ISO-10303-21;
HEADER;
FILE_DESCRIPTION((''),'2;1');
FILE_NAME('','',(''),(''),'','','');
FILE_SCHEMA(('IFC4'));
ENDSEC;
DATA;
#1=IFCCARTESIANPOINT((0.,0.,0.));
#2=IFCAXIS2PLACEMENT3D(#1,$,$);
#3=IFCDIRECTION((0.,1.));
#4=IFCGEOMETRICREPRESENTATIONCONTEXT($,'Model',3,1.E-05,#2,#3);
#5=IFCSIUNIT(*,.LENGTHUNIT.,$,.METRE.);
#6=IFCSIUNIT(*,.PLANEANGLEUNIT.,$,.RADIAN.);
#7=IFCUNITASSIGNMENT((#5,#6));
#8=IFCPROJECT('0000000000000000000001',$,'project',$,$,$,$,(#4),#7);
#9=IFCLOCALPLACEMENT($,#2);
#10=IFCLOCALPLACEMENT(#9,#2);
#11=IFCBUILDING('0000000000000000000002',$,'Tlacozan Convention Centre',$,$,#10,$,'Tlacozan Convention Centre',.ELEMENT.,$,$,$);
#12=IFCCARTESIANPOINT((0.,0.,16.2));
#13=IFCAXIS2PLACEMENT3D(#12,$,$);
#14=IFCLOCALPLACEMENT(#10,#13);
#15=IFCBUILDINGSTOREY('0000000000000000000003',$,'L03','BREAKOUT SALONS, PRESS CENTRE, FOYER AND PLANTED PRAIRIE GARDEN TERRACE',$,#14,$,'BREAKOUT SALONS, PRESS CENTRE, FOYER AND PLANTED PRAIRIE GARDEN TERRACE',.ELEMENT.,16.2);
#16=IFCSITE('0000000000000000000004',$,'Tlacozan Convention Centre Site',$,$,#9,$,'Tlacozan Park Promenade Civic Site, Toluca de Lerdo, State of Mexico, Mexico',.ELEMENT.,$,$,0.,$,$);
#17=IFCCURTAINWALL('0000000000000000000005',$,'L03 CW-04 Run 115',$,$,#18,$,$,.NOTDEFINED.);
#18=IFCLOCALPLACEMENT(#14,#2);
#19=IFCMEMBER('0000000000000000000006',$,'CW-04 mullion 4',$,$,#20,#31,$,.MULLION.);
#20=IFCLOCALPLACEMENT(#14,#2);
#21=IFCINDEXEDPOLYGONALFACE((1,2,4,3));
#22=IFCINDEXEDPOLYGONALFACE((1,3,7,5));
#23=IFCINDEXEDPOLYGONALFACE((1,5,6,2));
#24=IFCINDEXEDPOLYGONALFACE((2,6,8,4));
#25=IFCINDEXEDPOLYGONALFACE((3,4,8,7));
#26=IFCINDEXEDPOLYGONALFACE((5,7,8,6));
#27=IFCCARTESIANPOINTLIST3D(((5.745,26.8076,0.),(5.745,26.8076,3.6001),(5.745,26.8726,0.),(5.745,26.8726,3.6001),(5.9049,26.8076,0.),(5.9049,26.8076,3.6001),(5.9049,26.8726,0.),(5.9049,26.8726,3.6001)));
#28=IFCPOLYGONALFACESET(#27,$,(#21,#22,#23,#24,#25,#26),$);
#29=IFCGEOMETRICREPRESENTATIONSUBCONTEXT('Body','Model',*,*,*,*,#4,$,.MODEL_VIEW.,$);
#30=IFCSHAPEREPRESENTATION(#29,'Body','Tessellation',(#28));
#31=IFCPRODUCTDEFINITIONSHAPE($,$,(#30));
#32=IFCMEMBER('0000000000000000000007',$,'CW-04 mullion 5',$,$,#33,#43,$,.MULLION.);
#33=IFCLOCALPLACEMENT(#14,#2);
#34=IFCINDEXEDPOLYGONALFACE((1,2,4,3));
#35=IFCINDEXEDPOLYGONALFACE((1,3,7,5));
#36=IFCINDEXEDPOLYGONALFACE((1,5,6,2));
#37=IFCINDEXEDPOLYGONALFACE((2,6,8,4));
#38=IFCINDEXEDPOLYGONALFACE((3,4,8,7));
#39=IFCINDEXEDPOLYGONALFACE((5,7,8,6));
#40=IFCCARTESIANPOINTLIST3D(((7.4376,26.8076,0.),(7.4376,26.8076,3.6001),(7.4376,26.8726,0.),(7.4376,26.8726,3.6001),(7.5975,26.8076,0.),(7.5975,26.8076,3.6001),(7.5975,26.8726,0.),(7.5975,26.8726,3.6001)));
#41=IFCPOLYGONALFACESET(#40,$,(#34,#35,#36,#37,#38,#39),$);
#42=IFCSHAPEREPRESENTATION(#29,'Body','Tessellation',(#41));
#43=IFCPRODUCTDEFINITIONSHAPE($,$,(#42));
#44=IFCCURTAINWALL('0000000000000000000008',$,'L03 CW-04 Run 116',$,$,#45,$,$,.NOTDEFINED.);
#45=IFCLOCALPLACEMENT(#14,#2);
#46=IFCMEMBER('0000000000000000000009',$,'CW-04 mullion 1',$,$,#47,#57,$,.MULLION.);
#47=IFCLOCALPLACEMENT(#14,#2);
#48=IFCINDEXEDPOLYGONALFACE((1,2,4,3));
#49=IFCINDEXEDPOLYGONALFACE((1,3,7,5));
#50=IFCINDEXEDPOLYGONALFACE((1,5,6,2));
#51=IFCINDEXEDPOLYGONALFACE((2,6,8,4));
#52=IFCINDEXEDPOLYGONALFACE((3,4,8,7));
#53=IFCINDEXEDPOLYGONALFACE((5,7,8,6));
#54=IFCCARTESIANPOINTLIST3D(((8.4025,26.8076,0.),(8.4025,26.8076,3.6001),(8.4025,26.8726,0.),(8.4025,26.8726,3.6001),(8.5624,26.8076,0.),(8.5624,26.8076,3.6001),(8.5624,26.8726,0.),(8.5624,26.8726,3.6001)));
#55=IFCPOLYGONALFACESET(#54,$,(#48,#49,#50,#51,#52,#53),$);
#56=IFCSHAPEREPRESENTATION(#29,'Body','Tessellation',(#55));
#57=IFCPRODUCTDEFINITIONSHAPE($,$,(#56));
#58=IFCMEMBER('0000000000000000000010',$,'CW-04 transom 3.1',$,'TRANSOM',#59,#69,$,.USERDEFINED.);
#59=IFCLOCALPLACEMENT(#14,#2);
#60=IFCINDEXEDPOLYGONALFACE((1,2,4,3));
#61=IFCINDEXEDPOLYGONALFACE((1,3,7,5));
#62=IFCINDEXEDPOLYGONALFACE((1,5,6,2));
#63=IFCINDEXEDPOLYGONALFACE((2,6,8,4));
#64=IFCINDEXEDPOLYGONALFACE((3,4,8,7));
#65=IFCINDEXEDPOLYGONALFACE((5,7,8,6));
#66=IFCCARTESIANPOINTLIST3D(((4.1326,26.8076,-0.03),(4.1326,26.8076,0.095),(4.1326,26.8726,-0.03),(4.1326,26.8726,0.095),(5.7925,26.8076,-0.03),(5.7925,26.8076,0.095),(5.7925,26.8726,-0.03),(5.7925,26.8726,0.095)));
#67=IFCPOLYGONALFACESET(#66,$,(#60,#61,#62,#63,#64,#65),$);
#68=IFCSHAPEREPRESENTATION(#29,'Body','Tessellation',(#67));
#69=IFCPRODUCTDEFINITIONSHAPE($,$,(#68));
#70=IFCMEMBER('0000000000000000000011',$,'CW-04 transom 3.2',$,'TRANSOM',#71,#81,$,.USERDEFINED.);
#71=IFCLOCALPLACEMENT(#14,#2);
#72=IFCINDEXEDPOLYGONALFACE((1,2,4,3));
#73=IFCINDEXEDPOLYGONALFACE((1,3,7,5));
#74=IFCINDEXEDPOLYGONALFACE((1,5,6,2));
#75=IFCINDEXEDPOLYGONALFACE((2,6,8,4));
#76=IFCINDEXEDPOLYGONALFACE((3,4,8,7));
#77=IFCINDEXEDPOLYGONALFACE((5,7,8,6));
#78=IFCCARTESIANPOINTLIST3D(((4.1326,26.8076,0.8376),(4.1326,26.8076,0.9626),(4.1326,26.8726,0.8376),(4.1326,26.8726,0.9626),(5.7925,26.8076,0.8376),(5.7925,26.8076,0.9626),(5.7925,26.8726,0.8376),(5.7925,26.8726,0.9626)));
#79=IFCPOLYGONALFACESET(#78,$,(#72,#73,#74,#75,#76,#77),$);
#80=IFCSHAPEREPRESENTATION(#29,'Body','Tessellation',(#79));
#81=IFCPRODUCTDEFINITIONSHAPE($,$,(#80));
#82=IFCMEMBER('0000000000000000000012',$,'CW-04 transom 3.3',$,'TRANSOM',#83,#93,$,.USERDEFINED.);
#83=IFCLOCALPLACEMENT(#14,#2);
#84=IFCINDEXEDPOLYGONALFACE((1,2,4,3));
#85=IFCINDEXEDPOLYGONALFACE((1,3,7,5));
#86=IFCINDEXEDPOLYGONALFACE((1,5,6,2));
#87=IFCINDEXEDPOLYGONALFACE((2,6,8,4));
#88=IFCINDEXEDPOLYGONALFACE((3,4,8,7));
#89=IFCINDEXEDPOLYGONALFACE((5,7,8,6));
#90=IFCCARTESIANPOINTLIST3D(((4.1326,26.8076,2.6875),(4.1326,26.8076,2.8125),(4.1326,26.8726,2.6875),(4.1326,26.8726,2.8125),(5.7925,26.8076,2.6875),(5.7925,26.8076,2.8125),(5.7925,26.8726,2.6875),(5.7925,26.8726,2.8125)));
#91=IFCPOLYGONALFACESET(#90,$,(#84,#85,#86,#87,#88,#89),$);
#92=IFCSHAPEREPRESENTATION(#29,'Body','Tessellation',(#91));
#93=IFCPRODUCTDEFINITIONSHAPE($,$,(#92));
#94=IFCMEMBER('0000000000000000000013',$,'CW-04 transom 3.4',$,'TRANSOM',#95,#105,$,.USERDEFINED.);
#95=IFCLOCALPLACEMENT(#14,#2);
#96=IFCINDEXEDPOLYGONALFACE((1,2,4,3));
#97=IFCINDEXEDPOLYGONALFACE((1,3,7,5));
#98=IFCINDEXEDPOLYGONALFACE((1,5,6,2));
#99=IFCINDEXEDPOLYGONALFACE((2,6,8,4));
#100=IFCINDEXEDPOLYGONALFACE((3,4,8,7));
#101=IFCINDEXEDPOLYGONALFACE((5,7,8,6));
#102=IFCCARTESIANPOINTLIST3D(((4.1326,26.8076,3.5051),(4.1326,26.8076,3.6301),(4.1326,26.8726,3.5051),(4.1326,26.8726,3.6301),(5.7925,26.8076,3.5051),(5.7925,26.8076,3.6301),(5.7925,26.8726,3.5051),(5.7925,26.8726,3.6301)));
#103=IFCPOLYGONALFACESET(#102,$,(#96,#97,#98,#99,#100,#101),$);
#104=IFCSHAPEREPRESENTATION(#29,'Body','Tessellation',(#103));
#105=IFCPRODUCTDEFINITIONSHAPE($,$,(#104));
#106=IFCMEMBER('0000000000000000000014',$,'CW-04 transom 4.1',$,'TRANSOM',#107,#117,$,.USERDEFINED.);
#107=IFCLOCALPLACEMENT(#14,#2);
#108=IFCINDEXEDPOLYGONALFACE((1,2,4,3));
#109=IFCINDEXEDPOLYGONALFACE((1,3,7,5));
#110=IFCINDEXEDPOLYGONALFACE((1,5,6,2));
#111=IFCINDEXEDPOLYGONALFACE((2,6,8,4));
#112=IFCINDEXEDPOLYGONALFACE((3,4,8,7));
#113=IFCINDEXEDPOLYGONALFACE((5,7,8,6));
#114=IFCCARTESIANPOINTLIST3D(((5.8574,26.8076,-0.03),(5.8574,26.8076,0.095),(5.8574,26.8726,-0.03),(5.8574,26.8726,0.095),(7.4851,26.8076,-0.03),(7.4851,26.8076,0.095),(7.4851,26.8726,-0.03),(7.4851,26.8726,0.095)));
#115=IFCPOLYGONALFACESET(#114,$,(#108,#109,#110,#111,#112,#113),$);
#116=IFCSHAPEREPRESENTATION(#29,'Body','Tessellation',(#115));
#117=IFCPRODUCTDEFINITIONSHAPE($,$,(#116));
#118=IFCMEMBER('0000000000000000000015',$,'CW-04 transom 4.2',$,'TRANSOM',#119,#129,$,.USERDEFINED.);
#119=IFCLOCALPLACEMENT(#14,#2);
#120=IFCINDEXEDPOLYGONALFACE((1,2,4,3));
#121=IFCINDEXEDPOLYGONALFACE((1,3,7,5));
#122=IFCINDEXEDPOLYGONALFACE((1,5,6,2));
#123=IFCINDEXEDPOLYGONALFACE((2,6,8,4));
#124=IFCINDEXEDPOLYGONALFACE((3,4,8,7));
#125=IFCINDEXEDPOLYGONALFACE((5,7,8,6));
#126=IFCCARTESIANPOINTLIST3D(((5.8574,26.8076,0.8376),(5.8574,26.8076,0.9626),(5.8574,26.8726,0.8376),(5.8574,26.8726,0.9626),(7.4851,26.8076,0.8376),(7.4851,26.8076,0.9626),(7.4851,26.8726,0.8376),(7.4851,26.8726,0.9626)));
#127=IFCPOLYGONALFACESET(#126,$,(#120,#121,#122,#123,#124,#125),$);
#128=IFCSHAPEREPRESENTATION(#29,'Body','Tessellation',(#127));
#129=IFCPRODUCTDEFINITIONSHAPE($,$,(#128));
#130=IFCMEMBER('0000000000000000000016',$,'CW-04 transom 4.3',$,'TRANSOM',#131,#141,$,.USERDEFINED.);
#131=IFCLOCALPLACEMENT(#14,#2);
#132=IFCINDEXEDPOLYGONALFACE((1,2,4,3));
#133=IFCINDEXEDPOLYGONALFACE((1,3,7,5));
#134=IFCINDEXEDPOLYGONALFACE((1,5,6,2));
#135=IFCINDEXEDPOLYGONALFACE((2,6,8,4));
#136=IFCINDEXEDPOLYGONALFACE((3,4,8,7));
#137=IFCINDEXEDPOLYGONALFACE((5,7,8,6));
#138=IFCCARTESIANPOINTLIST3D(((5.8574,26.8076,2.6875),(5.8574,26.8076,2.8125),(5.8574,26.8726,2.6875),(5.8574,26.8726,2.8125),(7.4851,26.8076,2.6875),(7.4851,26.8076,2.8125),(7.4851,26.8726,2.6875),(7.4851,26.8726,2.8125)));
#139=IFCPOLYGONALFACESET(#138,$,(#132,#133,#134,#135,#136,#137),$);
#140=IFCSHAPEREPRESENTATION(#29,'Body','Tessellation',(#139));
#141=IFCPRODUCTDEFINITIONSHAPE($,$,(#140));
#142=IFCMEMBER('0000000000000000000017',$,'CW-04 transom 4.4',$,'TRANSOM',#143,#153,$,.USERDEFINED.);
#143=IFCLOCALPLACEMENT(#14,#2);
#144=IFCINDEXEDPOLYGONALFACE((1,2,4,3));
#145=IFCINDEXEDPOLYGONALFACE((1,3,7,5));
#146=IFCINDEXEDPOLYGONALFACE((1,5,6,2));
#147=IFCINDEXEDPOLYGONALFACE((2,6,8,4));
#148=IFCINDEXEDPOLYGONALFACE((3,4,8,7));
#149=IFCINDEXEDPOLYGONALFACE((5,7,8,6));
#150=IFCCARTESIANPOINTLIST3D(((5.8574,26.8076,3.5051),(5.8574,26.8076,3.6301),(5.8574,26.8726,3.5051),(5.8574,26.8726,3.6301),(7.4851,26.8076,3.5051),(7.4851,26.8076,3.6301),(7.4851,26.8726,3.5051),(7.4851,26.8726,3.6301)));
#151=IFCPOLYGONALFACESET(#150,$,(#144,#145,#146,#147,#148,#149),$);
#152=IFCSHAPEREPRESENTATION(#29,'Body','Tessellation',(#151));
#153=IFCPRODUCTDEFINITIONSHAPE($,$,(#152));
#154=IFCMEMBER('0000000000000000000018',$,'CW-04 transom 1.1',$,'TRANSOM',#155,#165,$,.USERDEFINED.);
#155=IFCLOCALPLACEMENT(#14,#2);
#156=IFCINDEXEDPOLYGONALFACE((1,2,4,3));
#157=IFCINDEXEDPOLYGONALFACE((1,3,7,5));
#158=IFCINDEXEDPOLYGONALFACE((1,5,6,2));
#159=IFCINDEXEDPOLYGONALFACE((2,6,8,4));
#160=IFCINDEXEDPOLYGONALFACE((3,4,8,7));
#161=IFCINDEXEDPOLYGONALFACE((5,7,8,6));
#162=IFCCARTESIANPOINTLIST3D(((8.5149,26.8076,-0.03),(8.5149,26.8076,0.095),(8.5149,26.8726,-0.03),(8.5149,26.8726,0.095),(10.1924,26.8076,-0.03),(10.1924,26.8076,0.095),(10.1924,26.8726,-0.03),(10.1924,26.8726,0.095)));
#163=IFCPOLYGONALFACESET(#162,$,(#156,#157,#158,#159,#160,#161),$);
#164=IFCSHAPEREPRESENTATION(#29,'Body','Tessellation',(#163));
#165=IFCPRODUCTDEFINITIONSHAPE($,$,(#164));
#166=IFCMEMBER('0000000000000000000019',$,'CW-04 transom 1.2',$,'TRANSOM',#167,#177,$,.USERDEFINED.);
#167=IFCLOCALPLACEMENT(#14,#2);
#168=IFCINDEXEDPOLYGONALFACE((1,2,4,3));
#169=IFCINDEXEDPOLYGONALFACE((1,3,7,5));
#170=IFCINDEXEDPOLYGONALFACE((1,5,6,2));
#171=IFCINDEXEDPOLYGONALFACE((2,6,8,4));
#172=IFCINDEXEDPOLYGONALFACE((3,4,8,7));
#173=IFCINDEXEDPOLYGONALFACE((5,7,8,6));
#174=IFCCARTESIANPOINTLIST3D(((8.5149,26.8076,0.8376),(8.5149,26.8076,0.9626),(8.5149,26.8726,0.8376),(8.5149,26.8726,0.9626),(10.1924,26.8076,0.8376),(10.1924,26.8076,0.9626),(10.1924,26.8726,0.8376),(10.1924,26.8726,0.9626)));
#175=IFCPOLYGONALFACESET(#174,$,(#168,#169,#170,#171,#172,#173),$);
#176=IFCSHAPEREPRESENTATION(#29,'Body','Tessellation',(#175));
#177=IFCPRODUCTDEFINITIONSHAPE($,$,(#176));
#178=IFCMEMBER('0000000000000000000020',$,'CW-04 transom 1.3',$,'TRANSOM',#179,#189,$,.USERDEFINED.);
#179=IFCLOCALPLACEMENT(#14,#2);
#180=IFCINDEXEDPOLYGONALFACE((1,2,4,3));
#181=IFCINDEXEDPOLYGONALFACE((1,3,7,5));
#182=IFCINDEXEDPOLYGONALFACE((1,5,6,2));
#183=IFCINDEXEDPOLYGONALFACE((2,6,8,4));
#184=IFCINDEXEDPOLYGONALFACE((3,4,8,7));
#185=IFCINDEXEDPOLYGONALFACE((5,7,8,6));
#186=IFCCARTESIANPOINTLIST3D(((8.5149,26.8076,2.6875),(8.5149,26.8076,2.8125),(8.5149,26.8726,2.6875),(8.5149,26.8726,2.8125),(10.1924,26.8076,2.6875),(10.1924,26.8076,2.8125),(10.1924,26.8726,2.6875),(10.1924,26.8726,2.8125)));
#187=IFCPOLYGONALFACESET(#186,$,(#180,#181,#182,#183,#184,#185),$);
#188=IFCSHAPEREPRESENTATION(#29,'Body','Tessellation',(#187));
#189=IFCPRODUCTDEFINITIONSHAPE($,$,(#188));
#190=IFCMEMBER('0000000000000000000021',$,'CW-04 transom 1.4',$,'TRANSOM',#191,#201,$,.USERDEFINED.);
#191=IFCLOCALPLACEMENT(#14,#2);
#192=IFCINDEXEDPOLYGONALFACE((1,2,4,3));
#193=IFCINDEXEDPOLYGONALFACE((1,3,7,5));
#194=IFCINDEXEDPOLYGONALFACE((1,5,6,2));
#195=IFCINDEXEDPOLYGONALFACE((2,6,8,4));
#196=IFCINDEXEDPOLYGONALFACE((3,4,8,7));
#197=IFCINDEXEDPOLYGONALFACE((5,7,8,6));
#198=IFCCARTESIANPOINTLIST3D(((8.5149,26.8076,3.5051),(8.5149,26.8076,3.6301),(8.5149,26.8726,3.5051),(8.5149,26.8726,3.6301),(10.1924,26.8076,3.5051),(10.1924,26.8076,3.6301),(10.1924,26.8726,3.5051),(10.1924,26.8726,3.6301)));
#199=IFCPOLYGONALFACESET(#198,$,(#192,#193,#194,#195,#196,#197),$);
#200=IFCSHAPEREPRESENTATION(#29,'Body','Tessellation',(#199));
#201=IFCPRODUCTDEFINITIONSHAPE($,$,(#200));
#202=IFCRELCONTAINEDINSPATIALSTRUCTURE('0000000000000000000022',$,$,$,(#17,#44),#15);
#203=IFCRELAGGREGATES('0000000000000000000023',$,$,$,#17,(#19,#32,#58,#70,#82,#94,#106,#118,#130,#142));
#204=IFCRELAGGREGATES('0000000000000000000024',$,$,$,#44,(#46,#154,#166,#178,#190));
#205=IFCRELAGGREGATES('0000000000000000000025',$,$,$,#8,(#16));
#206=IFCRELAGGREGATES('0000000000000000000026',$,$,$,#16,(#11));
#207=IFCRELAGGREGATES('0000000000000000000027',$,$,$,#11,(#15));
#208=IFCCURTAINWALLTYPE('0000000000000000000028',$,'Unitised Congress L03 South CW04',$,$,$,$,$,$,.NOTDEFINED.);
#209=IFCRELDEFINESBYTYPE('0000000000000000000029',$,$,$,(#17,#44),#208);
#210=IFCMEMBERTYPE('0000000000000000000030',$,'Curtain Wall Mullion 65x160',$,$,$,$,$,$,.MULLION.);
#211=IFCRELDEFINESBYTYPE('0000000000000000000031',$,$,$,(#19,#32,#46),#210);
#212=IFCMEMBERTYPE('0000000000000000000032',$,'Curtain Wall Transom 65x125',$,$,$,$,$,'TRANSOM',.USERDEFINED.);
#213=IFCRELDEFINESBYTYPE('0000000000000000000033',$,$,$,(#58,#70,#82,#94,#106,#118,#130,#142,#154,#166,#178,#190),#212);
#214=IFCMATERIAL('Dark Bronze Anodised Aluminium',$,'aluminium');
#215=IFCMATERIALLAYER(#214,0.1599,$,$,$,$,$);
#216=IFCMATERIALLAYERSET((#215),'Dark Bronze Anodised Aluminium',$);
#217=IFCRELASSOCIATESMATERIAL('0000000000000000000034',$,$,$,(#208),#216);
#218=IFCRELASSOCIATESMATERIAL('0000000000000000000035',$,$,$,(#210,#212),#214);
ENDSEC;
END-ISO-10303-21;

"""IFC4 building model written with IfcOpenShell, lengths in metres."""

from ifc_helpers import new_model, si_unit, direction, frame, origin, origin_2d, place, context, subcontext, project, spatial, rectangle, extrude, material, layer, layer_set, material_profile, profile_set, type_object, element, aggregate, save


model = new_model("IFC4")

# Units and contexts
model_context = context("Model", 3, precision=1e-05, world=origin(), true_north=direction((0.0, 1.0)))
body_context = subcontext(model_context, "Body", "Model", "MODEL_VIEW")
ifc_project = project(units=[si_unit("LENGTHUNIT", "METRE"), si_unit("PLANEANGLEUNIT", "RADIAN")], contexts=[model_context])

# Site, building, storey
site_placement = place(None, origin())
site = spatial("IfcSite", under=ifc_project, at=site_placement, Name="Tlacozan Convention Centre Site", LongName="Tlacozan Park Promenade Civic Site, Toluca de Lerdo, State of Mexico, Mexico", CompositionType="ELEMENT", RefElevation=0.0)
building_placement = place(site_placement, origin())
building = spatial("IfcBuilding", under=site, at=building_placement, Name="Tlacozan Convention Centre", LongName="Tlacozan Convention Centre", CompositionType="ELEMENT")
storey_placement = place(building_placement, frame((0.0, 0.0, 16.2)))
storey = spatial("IfcBuildingStorey", under=building, at=storey_placement, Name="L03", Description="BREAKOUT SALONS, PRESS CENTRE, FOYER AND PLANTED PRAIRIE GARDEN TERRACE", LongName="BREAKOUT SALONS, PRESS CENTRE, FOYER AND PLANTED PRAIRIE GARDEN TERRACE", CompositionType="ELEMENT", Elevation=16.2)

# Curtain wall, members
ifc_material_1 = material(Name="Dark Bronze Anodised Aluminium", Category="aluminium")
ifc_layer_1 = layer(ifc_material_1, 0.1599)
ifc_layer_set_1 = layer_set([ifc_layer_1], Name="Dark Bronze Anodised Aluminium")
curtain_wall_type = type_object("IfcCurtainWallType", Name="Unitised Congress L03 South CW04", PredefinedType="NOTDEFINED", material=ifc_layer_set_1)
curtain_wall_1_placement = place(storey_placement, origin())
curtain_wall_1 = element("IfcCurtainWall", 1, at=curtain_wall_1_placement, inside=storey, type_object=curtain_wall_type, Name="L03 CW-04 Run 115", PredefinedType="NOTDEFINED")
ifc_material_profile_1 = material_profile(ifc_material_1, rectangle(XDim=0.0649, YDim=0.1599, at=origin_2d()), Name="ALU 65x160")
ifc_profile_set_1 = profile_set([ifc_material_profile_1], Name="Dark Bronze Anodised Aluminium")
member_type_1 = type_object("IfcMemberType", Name="Curtain Wall Mullion 65x160", PredefinedType="MULLION", material=ifc_profile_set_1)
member_1_placement = place(storey_placement, frame((5.825, 26.8401, 0.0), z_axis=(0.0, 0.0, 1.0), x_axis=(0.0, 1.0, 0.0)))
member_1 = element("IfcMember", 2, at=member_1_placement, type_object=member_type_1, Name="CW-04 mullion 4", PredefinedType="MULLION", context=body_context, shape_type="SweptSolid", body=[
    extrude(rectangle(XDim=0.0649, YDim=0.1599, at=origin_2d()), origin(), (0.0, 0.0, 1.0), 3.6001),
])
member_2_placement = place(storey_placement, frame((7.5176, 26.8401, 0.0), z_axis=(0.0, 0.0, 1.0), x_axis=(0.0, 1.0, 0.0)))
member_2 = element("IfcMember", 3, at=member_2_placement, type_object=member_type_1, Name="CW-04 mullion 5", PredefinedType="MULLION", context=body_context, shape_type="SweptSolid", body=[
    extrude(rectangle(XDim=0.0649, YDim=0.1599, at=origin_2d()), origin(), (0.0, 0.0, 1.0), 3.6001),
])

# Curtain wall, member
curtain_wall_2_placement = place(storey_placement, origin())
curtain_wall_2 = element("IfcCurtainWall", 4, at=curtain_wall_2_placement, inside=storey, type_object=curtain_wall_type, Name="L03 CW-04 Run 116", PredefinedType="NOTDEFINED")
member_3_placement = place(storey_placement, frame((8.4824, 26.8401, 0.0), z_axis=(0.0, 0.0, 1.0), x_axis=(0.0, 1.0, 0.0)))
member_3 = element("IfcMember", 5, at=member_3_placement, type_object=member_type_1, Name="CW-04 mullion 1", PredefinedType="MULLION", context=body_context, shape_type="SweptSolid", body=[
    extrude(rectangle(XDim=0.0649, YDim=0.1599, at=origin_2d()), origin(), (0.0, 0.0, 1.0), 3.6001),
])

# Members
ifc_material_profile_2 = material_profile(ifc_material_1, rectangle(XDim=0.0649, YDim=0.125, at=origin_2d()), Name="ALU 65x125")
ifc_profile_set_2 = profile_set([ifc_material_profile_2], Name="Dark Bronze Anodised Aluminium")
member_type_2 = type_object("IfcMemberType", Name="Curtain Wall Transom 65x125", ElementType="TRANSOM", PredefinedType="USERDEFINED", material=ifc_profile_set_2)
member_4_placement = place(storey_placement, frame((4.1326, 26.8401, 0.0325), z_axis=(1.0, 0.0, 0.0), x_axis=(0.0, 1.0, 0.0)))
member_4 = element("IfcMember", 6, at=member_4_placement, type_object=member_type_2, Name="CW-04 transom 3.1", ObjectType="TRANSOM", PredefinedType="USERDEFINED", context=body_context, shape_type="SweptSolid", body=[
    extrude(rectangle(XDim=0.0649, YDim=0.125, at=origin_2d()), origin(), (0.0, 0.0, 1.0), 1.6599),
])
member_5_placement = place(storey_placement, frame((4.1326, 26.8401, 0.9001), z_axis=(1.0, 0.0, 0.0), x_axis=(0.0, 1.0, 0.0)))
member_5 = element("IfcMember", 7, at=member_5_placement, type_object=member_type_2, Name="CW-04 transom 3.2", ObjectType="TRANSOM", PredefinedType="USERDEFINED", context=body_context, shape_type="SweptSolid", body=[
    extrude(rectangle(XDim=0.0649, YDim=0.125, at=origin_2d()), origin(), (0.0, 0.0, 1.0), 1.6599),
])
member_6_placement = place(storey_placement, frame((4.1326, 26.8401, 2.75), z_axis=(1.0, 0.0, 0.0), x_axis=(0.0, 1.0, 0.0)))
member_6 = element("IfcMember", 8, at=member_6_placement, type_object=member_type_2, Name="CW-04 transom 3.3", ObjectType="TRANSOM", PredefinedType="USERDEFINED", context=body_context, shape_type="SweptSolid", body=[
    extrude(rectangle(XDim=0.0649, YDim=0.125, at=origin_2d()), origin(), (0.0, 0.0, 1.0), 1.6599),
])
member_7_placement = place(storey_placement, frame((4.1326, 26.8401, 3.5676), z_axis=(1.0, 0.0, 0.0), x_axis=(0.0, 1.0, 0.0)))
member_7 = element("IfcMember", 9, at=member_7_placement, type_object=member_type_2, Name="CW-04 transom 3.4", ObjectType="TRANSOM", PredefinedType="USERDEFINED", context=body_context, shape_type="SweptSolid", body=[
    extrude(rectangle(XDim=0.0649, YDim=0.125, at=origin_2d()), origin(), (0.0, 0.0, 1.0), 1.6599),
])
member_8_placement = place(storey_placement, frame((5.8574, 26.8401, 0.0325), z_axis=(1.0, 0.0, 0.0), x_axis=(0.0, 1.0, 0.0)))
member_8 = element("IfcMember", 10, at=member_8_placement, type_object=member_type_2, Name="CW-04 transom 4.1", ObjectType="TRANSOM", PredefinedType="USERDEFINED", context=body_context, shape_type="SweptSolid", body=[
    extrude(rectangle(XDim=0.0649, YDim=0.125, at=origin_2d()), origin(), (0.0, 0.0, 1.0), 1.6277),
])
member_9_placement = place(storey_placement, frame((5.8574, 26.8401, 0.9001), z_axis=(1.0, 0.0, 0.0), x_axis=(0.0, 1.0, 0.0)))
member_9 = element("IfcMember", 11, at=member_9_placement, type_object=member_type_2, Name="CW-04 transom 4.2", ObjectType="TRANSOM", PredefinedType="USERDEFINED", context=body_context, shape_type="SweptSolid", body=[
    extrude(rectangle(XDim=0.0649, YDim=0.125, at=origin_2d()), origin(), (0.0, 0.0, 1.0), 1.6277),
])
member_10_placement = place(storey_placement, frame((5.8574, 26.8401, 2.75), z_axis=(1.0, 0.0, 0.0), x_axis=(0.0, 1.0, 0.0)))
member_10 = element("IfcMember", 12, at=member_10_placement, type_object=member_type_2, Name="CW-04 transom 4.3", ObjectType="TRANSOM", PredefinedType="USERDEFINED", context=body_context, shape_type="SweptSolid", body=[
    extrude(rectangle(XDim=0.0649, YDim=0.125, at=origin_2d()), origin(), (0.0, 0.0, 1.0), 1.6277),
])
member_11_placement = place(storey_placement, frame((5.8574, 26.8401, 3.5676), z_axis=(1.0, 0.0, 0.0), x_axis=(0.0, 1.0, 0.0)))
member_11 = element("IfcMember", 13, at=member_11_placement, type_object=member_type_2, Name="CW-04 transom 4.4", ObjectType="TRANSOM", PredefinedType="USERDEFINED", context=body_context, shape_type="SweptSolid", body=[
    extrude(rectangle(XDim=0.0649, YDim=0.125, at=origin_2d()), origin(), (0.0, 0.0, 1.0), 1.6277),
])
member_12_placement = place(storey_placement, frame((8.5149, 26.8401, 0.0325), z_axis=(1.0, 0.0, 0.0), x_axis=(0.0, 1.0, 0.0)))
member_12 = element("IfcMember", 14, at=member_12_placement, type_object=member_type_2, Name="CW-04 transom 1.1", ObjectType="TRANSOM", PredefinedType="USERDEFINED", context=body_context, shape_type="SweptSolid", body=[
    extrude(rectangle(XDim=0.0649, YDim=0.125, at=origin_2d()), origin(), (0.0, 0.0, 1.0), 1.6775),
])
member_13_placement = place(storey_placement, frame((8.5149, 26.8401, 0.9001), z_axis=(1.0, 0.0, 0.0), x_axis=(0.0, 1.0, 0.0)))
member_13 = element("IfcMember", 15, at=member_13_placement, type_object=member_type_2, Name="CW-04 transom 1.2", ObjectType="TRANSOM", PredefinedType="USERDEFINED", context=body_context, shape_type="SweptSolid", body=[
    extrude(rectangle(XDim=0.0649, YDim=0.125, at=origin_2d()), origin(), (0.0, 0.0, 1.0), 1.6775),
])
member_14_placement = place(storey_placement, frame((8.5149, 26.8401, 2.75), z_axis=(1.0, 0.0, 0.0), x_axis=(0.0, 1.0, 0.0)))
member_14 = element("IfcMember", 16, at=member_14_placement, type_object=member_type_2, Name="CW-04 transom 1.3", ObjectType="TRANSOM", PredefinedType="USERDEFINED", context=body_context, shape_type="SweptSolid", body=[
    extrude(rectangle(XDim=0.0649, YDim=0.125, at=origin_2d()), origin(), (0.0, 0.0, 1.0), 1.6775),
])
member_15_placement = place(storey_placement, frame((8.5149, 26.8401, 3.5676), z_axis=(1.0, 0.0, 0.0), x_axis=(0.0, 1.0, 0.0)))
member_15 = element("IfcMember", 17, at=member_15_placement, type_object=member_type_2, Name="CW-04 transom 1.4", ObjectType="TRANSOM", PredefinedType="USERDEFINED", context=body_context, shape_type="SweptSolid", body=[
    extrude(rectangle(XDim=0.0649, YDim=0.125, at=origin_2d()), origin(), (0.0, 0.0, 1.0), 1.6775),
])

aggregate(curtain_wall_1, [member_1, member_2, member_4, member_5, member_6, member_7, member_8, member_9, member_10, member_11])
aggregate(curtain_wall_2, [member_3, member_12, member_13, member_14, member_15])

save(model, "model.ifc")
